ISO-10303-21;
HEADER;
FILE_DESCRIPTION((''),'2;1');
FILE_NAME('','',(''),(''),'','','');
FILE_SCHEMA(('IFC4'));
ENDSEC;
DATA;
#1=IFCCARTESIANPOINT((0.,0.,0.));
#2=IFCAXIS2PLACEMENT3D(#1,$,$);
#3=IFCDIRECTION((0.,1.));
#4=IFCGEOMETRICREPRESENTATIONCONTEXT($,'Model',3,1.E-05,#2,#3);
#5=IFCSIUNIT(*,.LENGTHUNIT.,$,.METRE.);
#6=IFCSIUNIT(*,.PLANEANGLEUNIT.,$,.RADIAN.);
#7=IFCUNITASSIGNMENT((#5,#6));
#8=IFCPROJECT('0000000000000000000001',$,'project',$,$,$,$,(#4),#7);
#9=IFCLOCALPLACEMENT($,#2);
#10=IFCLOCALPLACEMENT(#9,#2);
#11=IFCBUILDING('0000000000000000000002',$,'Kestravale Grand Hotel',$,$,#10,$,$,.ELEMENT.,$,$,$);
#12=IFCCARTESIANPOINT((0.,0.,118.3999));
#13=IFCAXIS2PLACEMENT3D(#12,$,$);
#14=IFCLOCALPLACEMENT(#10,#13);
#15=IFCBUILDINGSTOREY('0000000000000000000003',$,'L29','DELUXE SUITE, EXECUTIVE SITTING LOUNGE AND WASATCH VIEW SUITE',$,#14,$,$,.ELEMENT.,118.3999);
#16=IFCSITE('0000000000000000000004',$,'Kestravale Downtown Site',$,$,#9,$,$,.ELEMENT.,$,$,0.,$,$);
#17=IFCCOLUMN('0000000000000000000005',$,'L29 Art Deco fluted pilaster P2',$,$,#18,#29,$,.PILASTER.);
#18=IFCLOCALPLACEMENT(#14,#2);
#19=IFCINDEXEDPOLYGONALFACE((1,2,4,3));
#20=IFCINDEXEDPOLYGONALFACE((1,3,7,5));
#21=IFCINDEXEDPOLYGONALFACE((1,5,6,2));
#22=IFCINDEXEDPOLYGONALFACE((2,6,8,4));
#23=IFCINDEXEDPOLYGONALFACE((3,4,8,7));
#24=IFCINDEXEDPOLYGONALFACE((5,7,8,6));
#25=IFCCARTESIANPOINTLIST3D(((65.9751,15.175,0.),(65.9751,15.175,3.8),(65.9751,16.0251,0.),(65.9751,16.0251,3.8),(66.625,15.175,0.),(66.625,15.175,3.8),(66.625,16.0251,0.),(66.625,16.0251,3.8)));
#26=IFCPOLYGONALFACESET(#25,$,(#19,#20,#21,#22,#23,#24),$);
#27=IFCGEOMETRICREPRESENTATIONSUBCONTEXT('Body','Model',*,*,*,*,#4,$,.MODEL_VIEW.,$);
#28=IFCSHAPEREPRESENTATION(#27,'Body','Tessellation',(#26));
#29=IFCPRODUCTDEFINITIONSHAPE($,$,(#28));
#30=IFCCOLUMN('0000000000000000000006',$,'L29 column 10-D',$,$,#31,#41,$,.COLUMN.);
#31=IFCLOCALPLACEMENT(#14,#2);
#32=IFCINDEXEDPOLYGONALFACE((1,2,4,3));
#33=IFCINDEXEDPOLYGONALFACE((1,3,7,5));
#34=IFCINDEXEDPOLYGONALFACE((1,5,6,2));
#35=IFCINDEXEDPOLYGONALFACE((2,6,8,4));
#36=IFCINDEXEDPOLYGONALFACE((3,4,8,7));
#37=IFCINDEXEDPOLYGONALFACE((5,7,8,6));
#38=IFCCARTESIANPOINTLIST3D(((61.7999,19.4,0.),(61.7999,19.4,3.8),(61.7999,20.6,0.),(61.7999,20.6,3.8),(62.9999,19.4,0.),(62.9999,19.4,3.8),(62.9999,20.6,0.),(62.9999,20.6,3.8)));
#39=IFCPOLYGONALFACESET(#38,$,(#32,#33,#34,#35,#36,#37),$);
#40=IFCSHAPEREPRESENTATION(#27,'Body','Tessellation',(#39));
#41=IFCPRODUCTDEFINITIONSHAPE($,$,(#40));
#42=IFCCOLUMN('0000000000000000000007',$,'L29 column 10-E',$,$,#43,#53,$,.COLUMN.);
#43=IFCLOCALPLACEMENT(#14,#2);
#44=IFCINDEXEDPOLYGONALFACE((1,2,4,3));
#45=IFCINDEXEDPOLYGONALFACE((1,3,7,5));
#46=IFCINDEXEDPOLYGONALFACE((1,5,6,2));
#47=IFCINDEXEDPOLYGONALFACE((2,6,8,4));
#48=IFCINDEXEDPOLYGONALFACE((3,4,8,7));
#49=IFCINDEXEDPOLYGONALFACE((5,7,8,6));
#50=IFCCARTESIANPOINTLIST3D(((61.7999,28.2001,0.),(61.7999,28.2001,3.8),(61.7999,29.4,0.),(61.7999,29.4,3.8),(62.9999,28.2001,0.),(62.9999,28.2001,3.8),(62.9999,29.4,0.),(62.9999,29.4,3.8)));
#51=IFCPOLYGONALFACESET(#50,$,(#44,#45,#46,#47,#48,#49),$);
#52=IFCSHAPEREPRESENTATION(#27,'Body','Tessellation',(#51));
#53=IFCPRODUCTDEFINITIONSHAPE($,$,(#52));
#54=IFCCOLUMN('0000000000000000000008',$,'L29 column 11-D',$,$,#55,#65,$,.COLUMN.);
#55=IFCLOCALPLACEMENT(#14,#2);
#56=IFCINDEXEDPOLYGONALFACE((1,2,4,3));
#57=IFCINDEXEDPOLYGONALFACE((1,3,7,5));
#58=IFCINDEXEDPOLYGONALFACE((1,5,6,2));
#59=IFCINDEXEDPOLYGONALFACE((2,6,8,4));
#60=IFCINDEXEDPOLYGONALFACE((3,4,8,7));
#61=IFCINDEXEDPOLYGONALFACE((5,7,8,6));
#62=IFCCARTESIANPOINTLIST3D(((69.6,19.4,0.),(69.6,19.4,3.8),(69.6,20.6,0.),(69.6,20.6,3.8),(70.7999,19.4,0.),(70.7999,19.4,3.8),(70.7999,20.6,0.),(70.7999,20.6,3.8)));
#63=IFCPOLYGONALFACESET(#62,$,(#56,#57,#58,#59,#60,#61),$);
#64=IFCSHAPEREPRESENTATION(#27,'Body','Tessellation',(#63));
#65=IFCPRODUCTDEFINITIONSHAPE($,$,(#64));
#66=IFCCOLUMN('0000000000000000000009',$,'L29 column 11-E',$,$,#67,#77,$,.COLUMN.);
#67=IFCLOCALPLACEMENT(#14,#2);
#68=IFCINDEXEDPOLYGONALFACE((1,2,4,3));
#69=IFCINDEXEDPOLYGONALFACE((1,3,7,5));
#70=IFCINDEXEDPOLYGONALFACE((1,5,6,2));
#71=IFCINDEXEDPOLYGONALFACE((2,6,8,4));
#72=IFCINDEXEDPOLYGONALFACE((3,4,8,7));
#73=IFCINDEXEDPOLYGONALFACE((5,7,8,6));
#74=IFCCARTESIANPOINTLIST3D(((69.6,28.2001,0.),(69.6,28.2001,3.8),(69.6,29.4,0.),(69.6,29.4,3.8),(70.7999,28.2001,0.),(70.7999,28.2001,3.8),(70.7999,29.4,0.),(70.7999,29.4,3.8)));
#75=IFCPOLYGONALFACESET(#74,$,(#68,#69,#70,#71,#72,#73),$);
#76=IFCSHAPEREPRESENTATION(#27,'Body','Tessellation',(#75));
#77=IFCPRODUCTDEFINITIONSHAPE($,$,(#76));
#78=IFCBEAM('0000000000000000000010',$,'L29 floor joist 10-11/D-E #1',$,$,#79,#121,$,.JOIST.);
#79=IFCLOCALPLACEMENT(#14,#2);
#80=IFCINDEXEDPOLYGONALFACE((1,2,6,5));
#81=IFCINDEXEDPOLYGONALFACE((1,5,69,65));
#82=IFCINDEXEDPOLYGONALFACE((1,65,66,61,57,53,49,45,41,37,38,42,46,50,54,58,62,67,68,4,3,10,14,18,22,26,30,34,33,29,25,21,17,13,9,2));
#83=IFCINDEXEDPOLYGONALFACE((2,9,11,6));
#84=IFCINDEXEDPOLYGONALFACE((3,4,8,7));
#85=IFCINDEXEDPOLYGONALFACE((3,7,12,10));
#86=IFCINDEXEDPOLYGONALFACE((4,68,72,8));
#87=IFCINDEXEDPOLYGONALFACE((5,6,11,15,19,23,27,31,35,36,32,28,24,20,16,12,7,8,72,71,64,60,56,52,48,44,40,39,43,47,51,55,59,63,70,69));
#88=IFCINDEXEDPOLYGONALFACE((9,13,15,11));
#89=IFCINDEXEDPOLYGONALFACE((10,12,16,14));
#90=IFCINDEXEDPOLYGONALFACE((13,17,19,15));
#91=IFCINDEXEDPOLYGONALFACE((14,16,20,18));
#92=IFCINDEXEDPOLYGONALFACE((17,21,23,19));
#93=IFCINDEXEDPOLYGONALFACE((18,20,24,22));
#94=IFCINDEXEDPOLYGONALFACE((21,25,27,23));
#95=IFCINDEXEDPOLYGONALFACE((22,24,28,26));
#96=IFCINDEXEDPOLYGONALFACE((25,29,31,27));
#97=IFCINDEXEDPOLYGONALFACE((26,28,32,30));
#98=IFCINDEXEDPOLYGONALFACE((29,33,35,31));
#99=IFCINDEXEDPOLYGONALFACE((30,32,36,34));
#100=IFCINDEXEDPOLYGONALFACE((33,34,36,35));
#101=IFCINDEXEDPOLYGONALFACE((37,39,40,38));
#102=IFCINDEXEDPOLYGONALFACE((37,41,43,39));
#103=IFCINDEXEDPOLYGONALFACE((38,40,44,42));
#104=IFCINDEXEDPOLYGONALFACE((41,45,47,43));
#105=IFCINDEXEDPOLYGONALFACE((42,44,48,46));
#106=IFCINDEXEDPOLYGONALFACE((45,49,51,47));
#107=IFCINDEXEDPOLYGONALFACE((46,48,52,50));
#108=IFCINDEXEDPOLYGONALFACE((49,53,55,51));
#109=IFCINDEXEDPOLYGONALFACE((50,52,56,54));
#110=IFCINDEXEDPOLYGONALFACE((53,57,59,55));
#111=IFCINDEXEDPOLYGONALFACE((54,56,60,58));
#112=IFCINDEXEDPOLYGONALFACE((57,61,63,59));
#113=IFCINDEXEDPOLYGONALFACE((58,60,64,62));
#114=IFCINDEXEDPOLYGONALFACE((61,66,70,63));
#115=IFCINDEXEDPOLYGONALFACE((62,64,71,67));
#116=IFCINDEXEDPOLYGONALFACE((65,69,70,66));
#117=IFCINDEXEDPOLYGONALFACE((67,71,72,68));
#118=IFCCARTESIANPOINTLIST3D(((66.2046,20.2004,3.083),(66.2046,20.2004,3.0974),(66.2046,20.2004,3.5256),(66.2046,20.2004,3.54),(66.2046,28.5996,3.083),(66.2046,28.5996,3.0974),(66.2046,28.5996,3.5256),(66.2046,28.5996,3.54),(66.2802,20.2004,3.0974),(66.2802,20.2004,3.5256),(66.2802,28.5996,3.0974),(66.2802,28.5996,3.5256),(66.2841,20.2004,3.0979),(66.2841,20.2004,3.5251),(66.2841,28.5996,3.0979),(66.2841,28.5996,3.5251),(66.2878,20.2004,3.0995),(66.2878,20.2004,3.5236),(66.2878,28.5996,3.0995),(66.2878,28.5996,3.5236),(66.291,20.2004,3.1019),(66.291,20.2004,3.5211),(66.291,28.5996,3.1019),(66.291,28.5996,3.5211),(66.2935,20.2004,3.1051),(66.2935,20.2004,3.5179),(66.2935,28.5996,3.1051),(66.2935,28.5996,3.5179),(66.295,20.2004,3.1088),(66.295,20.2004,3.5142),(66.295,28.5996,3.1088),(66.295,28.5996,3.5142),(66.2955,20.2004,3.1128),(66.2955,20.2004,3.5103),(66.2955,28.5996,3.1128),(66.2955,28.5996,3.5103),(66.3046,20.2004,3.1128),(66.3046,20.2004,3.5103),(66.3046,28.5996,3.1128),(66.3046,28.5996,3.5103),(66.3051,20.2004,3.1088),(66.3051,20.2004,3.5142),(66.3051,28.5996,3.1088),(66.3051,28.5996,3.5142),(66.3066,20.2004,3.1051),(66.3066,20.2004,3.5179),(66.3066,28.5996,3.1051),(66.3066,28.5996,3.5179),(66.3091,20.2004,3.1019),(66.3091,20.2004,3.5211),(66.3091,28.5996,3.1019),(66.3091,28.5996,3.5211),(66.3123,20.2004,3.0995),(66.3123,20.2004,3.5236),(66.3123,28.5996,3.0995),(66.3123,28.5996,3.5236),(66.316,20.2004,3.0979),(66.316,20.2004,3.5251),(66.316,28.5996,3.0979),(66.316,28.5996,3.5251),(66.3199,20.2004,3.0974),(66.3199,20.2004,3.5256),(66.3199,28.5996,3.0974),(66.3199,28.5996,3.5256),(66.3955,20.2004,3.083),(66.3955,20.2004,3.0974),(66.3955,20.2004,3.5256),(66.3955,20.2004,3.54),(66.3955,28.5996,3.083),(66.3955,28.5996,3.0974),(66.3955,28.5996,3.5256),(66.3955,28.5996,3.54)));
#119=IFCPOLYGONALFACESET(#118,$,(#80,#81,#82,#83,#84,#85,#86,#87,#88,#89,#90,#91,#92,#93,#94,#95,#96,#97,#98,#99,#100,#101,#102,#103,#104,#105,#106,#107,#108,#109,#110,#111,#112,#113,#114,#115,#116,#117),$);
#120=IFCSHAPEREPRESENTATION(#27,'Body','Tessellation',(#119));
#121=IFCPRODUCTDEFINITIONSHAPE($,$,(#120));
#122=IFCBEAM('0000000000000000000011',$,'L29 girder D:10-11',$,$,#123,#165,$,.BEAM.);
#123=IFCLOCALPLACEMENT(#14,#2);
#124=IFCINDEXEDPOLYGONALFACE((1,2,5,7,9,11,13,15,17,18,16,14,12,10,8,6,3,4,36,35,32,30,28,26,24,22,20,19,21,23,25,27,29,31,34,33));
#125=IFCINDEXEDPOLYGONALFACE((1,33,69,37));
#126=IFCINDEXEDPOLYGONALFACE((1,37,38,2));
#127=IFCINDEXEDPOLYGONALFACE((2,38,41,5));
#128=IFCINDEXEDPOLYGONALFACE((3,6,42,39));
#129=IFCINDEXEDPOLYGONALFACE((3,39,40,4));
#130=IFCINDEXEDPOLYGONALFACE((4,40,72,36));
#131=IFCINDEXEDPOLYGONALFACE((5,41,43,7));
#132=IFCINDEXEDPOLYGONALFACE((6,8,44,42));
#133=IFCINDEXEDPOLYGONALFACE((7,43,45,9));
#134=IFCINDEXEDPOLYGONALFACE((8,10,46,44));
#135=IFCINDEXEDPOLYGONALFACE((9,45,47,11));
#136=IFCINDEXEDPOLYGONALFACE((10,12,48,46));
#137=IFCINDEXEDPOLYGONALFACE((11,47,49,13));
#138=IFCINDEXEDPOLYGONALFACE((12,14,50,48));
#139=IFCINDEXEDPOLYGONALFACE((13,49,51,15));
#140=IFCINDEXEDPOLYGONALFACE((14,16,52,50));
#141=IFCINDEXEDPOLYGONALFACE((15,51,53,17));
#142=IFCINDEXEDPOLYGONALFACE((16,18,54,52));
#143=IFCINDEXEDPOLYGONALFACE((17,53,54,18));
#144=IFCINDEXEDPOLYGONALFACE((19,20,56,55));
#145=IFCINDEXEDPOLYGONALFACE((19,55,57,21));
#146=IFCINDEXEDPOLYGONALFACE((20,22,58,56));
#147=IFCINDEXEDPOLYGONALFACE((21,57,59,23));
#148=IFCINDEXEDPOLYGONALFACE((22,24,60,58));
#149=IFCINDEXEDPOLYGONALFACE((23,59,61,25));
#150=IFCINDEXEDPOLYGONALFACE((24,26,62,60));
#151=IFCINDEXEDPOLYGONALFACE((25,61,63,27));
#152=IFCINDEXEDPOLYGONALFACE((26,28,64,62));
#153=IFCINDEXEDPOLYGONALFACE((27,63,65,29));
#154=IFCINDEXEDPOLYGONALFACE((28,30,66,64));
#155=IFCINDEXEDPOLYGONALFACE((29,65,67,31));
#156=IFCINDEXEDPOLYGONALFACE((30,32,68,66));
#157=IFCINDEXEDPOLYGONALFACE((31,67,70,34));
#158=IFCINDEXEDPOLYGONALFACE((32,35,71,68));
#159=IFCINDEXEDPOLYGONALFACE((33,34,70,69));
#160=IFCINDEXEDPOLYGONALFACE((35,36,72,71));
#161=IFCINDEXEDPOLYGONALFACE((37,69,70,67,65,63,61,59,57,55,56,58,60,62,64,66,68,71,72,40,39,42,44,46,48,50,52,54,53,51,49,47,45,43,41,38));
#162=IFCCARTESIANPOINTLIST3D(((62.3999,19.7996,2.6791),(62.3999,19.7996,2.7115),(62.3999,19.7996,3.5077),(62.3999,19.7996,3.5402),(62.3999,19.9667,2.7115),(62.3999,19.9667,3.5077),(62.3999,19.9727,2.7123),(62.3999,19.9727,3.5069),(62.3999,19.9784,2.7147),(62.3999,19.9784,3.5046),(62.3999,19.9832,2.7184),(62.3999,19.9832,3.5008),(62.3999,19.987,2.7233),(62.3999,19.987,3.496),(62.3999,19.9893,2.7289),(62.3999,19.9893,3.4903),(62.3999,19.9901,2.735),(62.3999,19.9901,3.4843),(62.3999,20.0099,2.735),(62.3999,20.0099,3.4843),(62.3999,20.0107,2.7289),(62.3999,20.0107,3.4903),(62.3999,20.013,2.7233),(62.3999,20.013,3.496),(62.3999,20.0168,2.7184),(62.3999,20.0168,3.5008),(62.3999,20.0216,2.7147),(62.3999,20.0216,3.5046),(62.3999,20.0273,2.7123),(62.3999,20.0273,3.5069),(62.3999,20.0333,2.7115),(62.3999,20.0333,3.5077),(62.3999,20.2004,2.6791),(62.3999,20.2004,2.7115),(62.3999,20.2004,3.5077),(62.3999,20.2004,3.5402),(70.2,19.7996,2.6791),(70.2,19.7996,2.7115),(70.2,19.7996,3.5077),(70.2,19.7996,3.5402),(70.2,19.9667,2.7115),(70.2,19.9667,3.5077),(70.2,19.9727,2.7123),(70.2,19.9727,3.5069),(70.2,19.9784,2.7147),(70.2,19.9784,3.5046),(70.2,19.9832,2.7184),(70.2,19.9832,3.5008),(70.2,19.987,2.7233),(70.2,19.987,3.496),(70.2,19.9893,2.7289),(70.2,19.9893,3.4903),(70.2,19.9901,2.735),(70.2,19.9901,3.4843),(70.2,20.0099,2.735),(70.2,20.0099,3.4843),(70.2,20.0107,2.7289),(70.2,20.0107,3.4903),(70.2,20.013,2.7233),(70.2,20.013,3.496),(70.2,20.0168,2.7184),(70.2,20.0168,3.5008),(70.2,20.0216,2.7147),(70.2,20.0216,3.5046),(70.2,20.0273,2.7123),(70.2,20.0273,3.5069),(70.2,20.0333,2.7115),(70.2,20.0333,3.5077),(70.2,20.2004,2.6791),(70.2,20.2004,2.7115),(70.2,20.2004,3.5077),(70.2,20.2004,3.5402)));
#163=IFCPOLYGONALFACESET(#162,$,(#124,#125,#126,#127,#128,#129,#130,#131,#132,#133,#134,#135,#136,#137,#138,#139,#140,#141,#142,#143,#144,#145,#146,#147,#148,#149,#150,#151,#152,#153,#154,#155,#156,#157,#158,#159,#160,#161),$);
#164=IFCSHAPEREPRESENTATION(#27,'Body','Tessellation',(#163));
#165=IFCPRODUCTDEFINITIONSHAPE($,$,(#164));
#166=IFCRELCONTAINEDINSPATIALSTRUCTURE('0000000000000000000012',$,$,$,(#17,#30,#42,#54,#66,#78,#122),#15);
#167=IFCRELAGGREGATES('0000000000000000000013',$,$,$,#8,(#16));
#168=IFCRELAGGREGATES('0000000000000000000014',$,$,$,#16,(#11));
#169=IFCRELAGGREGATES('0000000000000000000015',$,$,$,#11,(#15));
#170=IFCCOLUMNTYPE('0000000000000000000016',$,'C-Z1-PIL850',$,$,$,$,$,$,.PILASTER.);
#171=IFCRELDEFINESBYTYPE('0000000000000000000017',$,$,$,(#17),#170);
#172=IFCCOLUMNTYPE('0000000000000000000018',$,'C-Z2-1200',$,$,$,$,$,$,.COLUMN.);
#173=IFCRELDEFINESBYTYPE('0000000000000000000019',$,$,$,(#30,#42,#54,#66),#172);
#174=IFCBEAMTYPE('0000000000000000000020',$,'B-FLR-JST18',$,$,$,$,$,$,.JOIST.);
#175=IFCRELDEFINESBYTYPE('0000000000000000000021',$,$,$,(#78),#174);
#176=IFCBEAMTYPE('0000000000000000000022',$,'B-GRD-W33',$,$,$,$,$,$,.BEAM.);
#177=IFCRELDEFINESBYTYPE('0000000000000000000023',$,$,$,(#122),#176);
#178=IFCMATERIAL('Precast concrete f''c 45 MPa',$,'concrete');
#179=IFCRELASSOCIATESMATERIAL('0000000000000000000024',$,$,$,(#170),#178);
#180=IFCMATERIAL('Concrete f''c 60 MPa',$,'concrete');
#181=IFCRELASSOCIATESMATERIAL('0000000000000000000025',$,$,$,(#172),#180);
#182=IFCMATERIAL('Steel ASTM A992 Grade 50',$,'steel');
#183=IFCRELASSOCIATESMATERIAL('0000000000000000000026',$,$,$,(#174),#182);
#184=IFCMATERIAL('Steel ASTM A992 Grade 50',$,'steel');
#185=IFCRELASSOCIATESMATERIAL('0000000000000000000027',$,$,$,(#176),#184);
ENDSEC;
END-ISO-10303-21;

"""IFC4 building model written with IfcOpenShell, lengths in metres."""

from ifc_helpers import new_model, si_unit, direction, frame, origin, origin_2d, place, context, subcontext, project, spatial, rectangle, i_section, extrude, material, material_profile, profile_set, type_object, element, save


model = new_model("IFC4")

# Units and contexts
model_context = context("Model", 3, precision=1e-05, world=origin(), true_north=direction((0.0, 1.0)))
body_context = subcontext(model_context, "Body", "Model", "MODEL_VIEW")
ifc_project = project(units=[si_unit("LENGTHUNIT", "METRE"), si_unit("PLANEANGLEUNIT", "RADIAN")], contexts=[model_context])

# Site, building, storey
site_placement = place(None, origin())
site = spatial("IfcSite", under=ifc_project, at=site_placement, Name="Kestravale Downtown Site", CompositionType="ELEMENT", RefElevation=0.0)
building_placement = place(site_placement, origin())
building = spatial("IfcBuilding", under=site, at=building_placement, Name="Kestravale Grand Hotel", CompositionType="ELEMENT")
storey_placement = place(building_placement, frame((0.0, 0.0, 118.3999)))
storey = spatial("IfcBuildingStorey", under=building, at=storey_placement, Name="L29", Description="DELUXE SUITE, EXECUTIVE SITTING LOUNGE AND WASATCH VIEW SUITE", CompositionType="ELEMENT", Elevation=118.3999)

# Columns
ifc_material_1 = material(Name="Precast concrete f'c 45 MPa", Category="concrete")
ifc_material_profile_1 = material_profile(ifc_material_1, rectangle(XDim=0.6499, YDim=0.8501, at=origin_2d()))
ifc_profile_set_1 = profile_set([ifc_material_profile_1], Name="Precast concrete f'c 45 MPa")
column_type_1 = type_object("IfcColumnType", Name="C-Z1-PIL850", PredefinedType="PILASTER", material=ifc_profile_set_1)
column_placement = place(storey_placement, frame((66.3, 15.6001, 0.0), z_axis=(0.0, 0.0, 1.0), x_axis=(1.0, 0.0, 0.0)))
element("IfcColumn", 1, at=column_placement, inside=storey, type_object=column_type_1, Name="L29 Art Deco fluted pilaster P2", PredefinedType="PILASTER", context=body_context, shape_type="SweptSolid", body=[
    extrude(rectangle(XDim=0.6499, YDim=0.8501, at=origin_2d()), origin(), (0.0, 0.0, 1.0), 3.8),
])
ifc_material_2 = material(Name="Concrete f'c 60 MPa", Category="concrete")
ifc_material_profile_2 = material_profile(ifc_material_2, rectangle(XDim=1.2, YDim=1.2, at=origin_2d()))
ifc_profile_set_2 = profile_set([ifc_material_profile_2], Name="Concrete f'c 60 MPa")
column_type_2 = type_object("IfcColumnType", Name="C-Z2-1200", PredefinedType="COLUMN", material=ifc_profile_set_2)
for number, where, z_axis, x_axis, name in (
    (2, (62.3999, 20.0, 0.0), (0.0, 0.0, 1.0), (1.0, 0.0, 0.0), "L29 column 10-D"),
    (3, (62.3999, 28.8, 0.0), (0.0, 0.0, 1.0), (1.0, 0.0, 0.0), "L29 column 10-E"),
    (4, (70.2, 20.0, 0.0), (0.0, 0.0, 1.0), (1.0, 0.0, 0.0), "L29 column 11-D"),
    (5, (70.2, 28.8, 0.0), (0.0, 0.0, 1.0), (1.0, 0.0, 0.0), "L29 column 11-E"),
):
    element("IfcColumn", number, at=place(storey_placement, frame(where, z_axis=z_axis, x_axis=x_axis)), inside=storey, type_object=column_type_2, Name=name, PredefinedType="COLUMN", context=body_context, shape_type="SweptSolid", body=[
        extrude(rectangle(XDim=1.2, YDim=1.2, at=origin_2d()), origin(), (0.0, 0.0, 1.0), 3.8),
    ])

# Beams
ifc_material_3 = material(Name="Steel ASTM A992 Grade 50", Category="steel")
ifc_material_profile_3 = material_profile(ifc_material_3, i_section(OverallWidth=0.1909, OverallDepth=0.457, WebThickness=0.009, FlangeThickness=0.0144, FilletRadius=0.0154, at=origin_2d()))
ifc_profile_set_3 = profile_set([ifc_material_profile_3], Name="Steel ASTM A992 Grade 50")
beam_type_1 = type_object("IfcBeamType", Name="B-FLR-JST18", PredefinedType="JOIST", material=ifc_profile_set_3)
beam_1_placement = place(storey_placement, frame((66.3, 20.2004, 3.3115), z_axis=(0.0, 1.0, 0.0), x_axis=(-1.0, 0.0, 0.0)))
element("IfcBeam", 6, at=beam_1_placement, inside=storey, type_object=beam_type_1, Name="L29 floor joist 10-11/D-E #1", PredefinedType="JOIST", context=body_context, shape_type="SweptSolid", body=[
    extrude(i_section(OverallWidth=0.1909, OverallDepth=0.457, WebThickness=0.009, FlangeThickness=0.0144, FilletRadius=0.0154, at=origin_2d()), origin(), (0.0, 0.0, 1.0), 8.3992),
])
ifc_material_4 = material(Name="Steel ASTM A992 Grade 50", Category="steel")
ifc_material_profile_4 = material_profile(ifc_material_4, i_section(OverallWidth=0.4009, OverallDepth=0.8611, WebThickness=0.0198, FlangeThickness=0.0325, FilletRadius=0.0234, at=origin_2d()))
ifc_profile_set_4 = profile_set([ifc_material_profile_4], Name="Steel ASTM A992 Grade 50")
beam_type_2 = type_object("IfcBeamType", Name="B-GRD-W33", PredefinedType="BEAM", material=ifc_profile_set_4)
for number, where, z_axis, x_axis, name in (
    (7, (62.3999, 20.0, 3.1096), (1.0, 0.0, 0.0), (0.0, 1.0, 0.0), "L29 girder D:10-11"),
):
    element("IfcBeam", number, at=place(storey_placement, frame(where, z_axis=z_axis, x_axis=x_axis)), inside=storey, type_object=beam_type_2, Name=name, PredefinedType="BEAM", context=body_context, shape_type="SweptSolid", body=[
        extrude(i_section(OverallWidth=0.4009, OverallDepth=0.8611, WebThickness=0.0198, FlangeThickness=0.0325, FilletRadius=0.0234, at=origin_2d()), origin(), (0.0, 0.0, 1.0), 7.8),
    ])

save(model, "model.ifc")
